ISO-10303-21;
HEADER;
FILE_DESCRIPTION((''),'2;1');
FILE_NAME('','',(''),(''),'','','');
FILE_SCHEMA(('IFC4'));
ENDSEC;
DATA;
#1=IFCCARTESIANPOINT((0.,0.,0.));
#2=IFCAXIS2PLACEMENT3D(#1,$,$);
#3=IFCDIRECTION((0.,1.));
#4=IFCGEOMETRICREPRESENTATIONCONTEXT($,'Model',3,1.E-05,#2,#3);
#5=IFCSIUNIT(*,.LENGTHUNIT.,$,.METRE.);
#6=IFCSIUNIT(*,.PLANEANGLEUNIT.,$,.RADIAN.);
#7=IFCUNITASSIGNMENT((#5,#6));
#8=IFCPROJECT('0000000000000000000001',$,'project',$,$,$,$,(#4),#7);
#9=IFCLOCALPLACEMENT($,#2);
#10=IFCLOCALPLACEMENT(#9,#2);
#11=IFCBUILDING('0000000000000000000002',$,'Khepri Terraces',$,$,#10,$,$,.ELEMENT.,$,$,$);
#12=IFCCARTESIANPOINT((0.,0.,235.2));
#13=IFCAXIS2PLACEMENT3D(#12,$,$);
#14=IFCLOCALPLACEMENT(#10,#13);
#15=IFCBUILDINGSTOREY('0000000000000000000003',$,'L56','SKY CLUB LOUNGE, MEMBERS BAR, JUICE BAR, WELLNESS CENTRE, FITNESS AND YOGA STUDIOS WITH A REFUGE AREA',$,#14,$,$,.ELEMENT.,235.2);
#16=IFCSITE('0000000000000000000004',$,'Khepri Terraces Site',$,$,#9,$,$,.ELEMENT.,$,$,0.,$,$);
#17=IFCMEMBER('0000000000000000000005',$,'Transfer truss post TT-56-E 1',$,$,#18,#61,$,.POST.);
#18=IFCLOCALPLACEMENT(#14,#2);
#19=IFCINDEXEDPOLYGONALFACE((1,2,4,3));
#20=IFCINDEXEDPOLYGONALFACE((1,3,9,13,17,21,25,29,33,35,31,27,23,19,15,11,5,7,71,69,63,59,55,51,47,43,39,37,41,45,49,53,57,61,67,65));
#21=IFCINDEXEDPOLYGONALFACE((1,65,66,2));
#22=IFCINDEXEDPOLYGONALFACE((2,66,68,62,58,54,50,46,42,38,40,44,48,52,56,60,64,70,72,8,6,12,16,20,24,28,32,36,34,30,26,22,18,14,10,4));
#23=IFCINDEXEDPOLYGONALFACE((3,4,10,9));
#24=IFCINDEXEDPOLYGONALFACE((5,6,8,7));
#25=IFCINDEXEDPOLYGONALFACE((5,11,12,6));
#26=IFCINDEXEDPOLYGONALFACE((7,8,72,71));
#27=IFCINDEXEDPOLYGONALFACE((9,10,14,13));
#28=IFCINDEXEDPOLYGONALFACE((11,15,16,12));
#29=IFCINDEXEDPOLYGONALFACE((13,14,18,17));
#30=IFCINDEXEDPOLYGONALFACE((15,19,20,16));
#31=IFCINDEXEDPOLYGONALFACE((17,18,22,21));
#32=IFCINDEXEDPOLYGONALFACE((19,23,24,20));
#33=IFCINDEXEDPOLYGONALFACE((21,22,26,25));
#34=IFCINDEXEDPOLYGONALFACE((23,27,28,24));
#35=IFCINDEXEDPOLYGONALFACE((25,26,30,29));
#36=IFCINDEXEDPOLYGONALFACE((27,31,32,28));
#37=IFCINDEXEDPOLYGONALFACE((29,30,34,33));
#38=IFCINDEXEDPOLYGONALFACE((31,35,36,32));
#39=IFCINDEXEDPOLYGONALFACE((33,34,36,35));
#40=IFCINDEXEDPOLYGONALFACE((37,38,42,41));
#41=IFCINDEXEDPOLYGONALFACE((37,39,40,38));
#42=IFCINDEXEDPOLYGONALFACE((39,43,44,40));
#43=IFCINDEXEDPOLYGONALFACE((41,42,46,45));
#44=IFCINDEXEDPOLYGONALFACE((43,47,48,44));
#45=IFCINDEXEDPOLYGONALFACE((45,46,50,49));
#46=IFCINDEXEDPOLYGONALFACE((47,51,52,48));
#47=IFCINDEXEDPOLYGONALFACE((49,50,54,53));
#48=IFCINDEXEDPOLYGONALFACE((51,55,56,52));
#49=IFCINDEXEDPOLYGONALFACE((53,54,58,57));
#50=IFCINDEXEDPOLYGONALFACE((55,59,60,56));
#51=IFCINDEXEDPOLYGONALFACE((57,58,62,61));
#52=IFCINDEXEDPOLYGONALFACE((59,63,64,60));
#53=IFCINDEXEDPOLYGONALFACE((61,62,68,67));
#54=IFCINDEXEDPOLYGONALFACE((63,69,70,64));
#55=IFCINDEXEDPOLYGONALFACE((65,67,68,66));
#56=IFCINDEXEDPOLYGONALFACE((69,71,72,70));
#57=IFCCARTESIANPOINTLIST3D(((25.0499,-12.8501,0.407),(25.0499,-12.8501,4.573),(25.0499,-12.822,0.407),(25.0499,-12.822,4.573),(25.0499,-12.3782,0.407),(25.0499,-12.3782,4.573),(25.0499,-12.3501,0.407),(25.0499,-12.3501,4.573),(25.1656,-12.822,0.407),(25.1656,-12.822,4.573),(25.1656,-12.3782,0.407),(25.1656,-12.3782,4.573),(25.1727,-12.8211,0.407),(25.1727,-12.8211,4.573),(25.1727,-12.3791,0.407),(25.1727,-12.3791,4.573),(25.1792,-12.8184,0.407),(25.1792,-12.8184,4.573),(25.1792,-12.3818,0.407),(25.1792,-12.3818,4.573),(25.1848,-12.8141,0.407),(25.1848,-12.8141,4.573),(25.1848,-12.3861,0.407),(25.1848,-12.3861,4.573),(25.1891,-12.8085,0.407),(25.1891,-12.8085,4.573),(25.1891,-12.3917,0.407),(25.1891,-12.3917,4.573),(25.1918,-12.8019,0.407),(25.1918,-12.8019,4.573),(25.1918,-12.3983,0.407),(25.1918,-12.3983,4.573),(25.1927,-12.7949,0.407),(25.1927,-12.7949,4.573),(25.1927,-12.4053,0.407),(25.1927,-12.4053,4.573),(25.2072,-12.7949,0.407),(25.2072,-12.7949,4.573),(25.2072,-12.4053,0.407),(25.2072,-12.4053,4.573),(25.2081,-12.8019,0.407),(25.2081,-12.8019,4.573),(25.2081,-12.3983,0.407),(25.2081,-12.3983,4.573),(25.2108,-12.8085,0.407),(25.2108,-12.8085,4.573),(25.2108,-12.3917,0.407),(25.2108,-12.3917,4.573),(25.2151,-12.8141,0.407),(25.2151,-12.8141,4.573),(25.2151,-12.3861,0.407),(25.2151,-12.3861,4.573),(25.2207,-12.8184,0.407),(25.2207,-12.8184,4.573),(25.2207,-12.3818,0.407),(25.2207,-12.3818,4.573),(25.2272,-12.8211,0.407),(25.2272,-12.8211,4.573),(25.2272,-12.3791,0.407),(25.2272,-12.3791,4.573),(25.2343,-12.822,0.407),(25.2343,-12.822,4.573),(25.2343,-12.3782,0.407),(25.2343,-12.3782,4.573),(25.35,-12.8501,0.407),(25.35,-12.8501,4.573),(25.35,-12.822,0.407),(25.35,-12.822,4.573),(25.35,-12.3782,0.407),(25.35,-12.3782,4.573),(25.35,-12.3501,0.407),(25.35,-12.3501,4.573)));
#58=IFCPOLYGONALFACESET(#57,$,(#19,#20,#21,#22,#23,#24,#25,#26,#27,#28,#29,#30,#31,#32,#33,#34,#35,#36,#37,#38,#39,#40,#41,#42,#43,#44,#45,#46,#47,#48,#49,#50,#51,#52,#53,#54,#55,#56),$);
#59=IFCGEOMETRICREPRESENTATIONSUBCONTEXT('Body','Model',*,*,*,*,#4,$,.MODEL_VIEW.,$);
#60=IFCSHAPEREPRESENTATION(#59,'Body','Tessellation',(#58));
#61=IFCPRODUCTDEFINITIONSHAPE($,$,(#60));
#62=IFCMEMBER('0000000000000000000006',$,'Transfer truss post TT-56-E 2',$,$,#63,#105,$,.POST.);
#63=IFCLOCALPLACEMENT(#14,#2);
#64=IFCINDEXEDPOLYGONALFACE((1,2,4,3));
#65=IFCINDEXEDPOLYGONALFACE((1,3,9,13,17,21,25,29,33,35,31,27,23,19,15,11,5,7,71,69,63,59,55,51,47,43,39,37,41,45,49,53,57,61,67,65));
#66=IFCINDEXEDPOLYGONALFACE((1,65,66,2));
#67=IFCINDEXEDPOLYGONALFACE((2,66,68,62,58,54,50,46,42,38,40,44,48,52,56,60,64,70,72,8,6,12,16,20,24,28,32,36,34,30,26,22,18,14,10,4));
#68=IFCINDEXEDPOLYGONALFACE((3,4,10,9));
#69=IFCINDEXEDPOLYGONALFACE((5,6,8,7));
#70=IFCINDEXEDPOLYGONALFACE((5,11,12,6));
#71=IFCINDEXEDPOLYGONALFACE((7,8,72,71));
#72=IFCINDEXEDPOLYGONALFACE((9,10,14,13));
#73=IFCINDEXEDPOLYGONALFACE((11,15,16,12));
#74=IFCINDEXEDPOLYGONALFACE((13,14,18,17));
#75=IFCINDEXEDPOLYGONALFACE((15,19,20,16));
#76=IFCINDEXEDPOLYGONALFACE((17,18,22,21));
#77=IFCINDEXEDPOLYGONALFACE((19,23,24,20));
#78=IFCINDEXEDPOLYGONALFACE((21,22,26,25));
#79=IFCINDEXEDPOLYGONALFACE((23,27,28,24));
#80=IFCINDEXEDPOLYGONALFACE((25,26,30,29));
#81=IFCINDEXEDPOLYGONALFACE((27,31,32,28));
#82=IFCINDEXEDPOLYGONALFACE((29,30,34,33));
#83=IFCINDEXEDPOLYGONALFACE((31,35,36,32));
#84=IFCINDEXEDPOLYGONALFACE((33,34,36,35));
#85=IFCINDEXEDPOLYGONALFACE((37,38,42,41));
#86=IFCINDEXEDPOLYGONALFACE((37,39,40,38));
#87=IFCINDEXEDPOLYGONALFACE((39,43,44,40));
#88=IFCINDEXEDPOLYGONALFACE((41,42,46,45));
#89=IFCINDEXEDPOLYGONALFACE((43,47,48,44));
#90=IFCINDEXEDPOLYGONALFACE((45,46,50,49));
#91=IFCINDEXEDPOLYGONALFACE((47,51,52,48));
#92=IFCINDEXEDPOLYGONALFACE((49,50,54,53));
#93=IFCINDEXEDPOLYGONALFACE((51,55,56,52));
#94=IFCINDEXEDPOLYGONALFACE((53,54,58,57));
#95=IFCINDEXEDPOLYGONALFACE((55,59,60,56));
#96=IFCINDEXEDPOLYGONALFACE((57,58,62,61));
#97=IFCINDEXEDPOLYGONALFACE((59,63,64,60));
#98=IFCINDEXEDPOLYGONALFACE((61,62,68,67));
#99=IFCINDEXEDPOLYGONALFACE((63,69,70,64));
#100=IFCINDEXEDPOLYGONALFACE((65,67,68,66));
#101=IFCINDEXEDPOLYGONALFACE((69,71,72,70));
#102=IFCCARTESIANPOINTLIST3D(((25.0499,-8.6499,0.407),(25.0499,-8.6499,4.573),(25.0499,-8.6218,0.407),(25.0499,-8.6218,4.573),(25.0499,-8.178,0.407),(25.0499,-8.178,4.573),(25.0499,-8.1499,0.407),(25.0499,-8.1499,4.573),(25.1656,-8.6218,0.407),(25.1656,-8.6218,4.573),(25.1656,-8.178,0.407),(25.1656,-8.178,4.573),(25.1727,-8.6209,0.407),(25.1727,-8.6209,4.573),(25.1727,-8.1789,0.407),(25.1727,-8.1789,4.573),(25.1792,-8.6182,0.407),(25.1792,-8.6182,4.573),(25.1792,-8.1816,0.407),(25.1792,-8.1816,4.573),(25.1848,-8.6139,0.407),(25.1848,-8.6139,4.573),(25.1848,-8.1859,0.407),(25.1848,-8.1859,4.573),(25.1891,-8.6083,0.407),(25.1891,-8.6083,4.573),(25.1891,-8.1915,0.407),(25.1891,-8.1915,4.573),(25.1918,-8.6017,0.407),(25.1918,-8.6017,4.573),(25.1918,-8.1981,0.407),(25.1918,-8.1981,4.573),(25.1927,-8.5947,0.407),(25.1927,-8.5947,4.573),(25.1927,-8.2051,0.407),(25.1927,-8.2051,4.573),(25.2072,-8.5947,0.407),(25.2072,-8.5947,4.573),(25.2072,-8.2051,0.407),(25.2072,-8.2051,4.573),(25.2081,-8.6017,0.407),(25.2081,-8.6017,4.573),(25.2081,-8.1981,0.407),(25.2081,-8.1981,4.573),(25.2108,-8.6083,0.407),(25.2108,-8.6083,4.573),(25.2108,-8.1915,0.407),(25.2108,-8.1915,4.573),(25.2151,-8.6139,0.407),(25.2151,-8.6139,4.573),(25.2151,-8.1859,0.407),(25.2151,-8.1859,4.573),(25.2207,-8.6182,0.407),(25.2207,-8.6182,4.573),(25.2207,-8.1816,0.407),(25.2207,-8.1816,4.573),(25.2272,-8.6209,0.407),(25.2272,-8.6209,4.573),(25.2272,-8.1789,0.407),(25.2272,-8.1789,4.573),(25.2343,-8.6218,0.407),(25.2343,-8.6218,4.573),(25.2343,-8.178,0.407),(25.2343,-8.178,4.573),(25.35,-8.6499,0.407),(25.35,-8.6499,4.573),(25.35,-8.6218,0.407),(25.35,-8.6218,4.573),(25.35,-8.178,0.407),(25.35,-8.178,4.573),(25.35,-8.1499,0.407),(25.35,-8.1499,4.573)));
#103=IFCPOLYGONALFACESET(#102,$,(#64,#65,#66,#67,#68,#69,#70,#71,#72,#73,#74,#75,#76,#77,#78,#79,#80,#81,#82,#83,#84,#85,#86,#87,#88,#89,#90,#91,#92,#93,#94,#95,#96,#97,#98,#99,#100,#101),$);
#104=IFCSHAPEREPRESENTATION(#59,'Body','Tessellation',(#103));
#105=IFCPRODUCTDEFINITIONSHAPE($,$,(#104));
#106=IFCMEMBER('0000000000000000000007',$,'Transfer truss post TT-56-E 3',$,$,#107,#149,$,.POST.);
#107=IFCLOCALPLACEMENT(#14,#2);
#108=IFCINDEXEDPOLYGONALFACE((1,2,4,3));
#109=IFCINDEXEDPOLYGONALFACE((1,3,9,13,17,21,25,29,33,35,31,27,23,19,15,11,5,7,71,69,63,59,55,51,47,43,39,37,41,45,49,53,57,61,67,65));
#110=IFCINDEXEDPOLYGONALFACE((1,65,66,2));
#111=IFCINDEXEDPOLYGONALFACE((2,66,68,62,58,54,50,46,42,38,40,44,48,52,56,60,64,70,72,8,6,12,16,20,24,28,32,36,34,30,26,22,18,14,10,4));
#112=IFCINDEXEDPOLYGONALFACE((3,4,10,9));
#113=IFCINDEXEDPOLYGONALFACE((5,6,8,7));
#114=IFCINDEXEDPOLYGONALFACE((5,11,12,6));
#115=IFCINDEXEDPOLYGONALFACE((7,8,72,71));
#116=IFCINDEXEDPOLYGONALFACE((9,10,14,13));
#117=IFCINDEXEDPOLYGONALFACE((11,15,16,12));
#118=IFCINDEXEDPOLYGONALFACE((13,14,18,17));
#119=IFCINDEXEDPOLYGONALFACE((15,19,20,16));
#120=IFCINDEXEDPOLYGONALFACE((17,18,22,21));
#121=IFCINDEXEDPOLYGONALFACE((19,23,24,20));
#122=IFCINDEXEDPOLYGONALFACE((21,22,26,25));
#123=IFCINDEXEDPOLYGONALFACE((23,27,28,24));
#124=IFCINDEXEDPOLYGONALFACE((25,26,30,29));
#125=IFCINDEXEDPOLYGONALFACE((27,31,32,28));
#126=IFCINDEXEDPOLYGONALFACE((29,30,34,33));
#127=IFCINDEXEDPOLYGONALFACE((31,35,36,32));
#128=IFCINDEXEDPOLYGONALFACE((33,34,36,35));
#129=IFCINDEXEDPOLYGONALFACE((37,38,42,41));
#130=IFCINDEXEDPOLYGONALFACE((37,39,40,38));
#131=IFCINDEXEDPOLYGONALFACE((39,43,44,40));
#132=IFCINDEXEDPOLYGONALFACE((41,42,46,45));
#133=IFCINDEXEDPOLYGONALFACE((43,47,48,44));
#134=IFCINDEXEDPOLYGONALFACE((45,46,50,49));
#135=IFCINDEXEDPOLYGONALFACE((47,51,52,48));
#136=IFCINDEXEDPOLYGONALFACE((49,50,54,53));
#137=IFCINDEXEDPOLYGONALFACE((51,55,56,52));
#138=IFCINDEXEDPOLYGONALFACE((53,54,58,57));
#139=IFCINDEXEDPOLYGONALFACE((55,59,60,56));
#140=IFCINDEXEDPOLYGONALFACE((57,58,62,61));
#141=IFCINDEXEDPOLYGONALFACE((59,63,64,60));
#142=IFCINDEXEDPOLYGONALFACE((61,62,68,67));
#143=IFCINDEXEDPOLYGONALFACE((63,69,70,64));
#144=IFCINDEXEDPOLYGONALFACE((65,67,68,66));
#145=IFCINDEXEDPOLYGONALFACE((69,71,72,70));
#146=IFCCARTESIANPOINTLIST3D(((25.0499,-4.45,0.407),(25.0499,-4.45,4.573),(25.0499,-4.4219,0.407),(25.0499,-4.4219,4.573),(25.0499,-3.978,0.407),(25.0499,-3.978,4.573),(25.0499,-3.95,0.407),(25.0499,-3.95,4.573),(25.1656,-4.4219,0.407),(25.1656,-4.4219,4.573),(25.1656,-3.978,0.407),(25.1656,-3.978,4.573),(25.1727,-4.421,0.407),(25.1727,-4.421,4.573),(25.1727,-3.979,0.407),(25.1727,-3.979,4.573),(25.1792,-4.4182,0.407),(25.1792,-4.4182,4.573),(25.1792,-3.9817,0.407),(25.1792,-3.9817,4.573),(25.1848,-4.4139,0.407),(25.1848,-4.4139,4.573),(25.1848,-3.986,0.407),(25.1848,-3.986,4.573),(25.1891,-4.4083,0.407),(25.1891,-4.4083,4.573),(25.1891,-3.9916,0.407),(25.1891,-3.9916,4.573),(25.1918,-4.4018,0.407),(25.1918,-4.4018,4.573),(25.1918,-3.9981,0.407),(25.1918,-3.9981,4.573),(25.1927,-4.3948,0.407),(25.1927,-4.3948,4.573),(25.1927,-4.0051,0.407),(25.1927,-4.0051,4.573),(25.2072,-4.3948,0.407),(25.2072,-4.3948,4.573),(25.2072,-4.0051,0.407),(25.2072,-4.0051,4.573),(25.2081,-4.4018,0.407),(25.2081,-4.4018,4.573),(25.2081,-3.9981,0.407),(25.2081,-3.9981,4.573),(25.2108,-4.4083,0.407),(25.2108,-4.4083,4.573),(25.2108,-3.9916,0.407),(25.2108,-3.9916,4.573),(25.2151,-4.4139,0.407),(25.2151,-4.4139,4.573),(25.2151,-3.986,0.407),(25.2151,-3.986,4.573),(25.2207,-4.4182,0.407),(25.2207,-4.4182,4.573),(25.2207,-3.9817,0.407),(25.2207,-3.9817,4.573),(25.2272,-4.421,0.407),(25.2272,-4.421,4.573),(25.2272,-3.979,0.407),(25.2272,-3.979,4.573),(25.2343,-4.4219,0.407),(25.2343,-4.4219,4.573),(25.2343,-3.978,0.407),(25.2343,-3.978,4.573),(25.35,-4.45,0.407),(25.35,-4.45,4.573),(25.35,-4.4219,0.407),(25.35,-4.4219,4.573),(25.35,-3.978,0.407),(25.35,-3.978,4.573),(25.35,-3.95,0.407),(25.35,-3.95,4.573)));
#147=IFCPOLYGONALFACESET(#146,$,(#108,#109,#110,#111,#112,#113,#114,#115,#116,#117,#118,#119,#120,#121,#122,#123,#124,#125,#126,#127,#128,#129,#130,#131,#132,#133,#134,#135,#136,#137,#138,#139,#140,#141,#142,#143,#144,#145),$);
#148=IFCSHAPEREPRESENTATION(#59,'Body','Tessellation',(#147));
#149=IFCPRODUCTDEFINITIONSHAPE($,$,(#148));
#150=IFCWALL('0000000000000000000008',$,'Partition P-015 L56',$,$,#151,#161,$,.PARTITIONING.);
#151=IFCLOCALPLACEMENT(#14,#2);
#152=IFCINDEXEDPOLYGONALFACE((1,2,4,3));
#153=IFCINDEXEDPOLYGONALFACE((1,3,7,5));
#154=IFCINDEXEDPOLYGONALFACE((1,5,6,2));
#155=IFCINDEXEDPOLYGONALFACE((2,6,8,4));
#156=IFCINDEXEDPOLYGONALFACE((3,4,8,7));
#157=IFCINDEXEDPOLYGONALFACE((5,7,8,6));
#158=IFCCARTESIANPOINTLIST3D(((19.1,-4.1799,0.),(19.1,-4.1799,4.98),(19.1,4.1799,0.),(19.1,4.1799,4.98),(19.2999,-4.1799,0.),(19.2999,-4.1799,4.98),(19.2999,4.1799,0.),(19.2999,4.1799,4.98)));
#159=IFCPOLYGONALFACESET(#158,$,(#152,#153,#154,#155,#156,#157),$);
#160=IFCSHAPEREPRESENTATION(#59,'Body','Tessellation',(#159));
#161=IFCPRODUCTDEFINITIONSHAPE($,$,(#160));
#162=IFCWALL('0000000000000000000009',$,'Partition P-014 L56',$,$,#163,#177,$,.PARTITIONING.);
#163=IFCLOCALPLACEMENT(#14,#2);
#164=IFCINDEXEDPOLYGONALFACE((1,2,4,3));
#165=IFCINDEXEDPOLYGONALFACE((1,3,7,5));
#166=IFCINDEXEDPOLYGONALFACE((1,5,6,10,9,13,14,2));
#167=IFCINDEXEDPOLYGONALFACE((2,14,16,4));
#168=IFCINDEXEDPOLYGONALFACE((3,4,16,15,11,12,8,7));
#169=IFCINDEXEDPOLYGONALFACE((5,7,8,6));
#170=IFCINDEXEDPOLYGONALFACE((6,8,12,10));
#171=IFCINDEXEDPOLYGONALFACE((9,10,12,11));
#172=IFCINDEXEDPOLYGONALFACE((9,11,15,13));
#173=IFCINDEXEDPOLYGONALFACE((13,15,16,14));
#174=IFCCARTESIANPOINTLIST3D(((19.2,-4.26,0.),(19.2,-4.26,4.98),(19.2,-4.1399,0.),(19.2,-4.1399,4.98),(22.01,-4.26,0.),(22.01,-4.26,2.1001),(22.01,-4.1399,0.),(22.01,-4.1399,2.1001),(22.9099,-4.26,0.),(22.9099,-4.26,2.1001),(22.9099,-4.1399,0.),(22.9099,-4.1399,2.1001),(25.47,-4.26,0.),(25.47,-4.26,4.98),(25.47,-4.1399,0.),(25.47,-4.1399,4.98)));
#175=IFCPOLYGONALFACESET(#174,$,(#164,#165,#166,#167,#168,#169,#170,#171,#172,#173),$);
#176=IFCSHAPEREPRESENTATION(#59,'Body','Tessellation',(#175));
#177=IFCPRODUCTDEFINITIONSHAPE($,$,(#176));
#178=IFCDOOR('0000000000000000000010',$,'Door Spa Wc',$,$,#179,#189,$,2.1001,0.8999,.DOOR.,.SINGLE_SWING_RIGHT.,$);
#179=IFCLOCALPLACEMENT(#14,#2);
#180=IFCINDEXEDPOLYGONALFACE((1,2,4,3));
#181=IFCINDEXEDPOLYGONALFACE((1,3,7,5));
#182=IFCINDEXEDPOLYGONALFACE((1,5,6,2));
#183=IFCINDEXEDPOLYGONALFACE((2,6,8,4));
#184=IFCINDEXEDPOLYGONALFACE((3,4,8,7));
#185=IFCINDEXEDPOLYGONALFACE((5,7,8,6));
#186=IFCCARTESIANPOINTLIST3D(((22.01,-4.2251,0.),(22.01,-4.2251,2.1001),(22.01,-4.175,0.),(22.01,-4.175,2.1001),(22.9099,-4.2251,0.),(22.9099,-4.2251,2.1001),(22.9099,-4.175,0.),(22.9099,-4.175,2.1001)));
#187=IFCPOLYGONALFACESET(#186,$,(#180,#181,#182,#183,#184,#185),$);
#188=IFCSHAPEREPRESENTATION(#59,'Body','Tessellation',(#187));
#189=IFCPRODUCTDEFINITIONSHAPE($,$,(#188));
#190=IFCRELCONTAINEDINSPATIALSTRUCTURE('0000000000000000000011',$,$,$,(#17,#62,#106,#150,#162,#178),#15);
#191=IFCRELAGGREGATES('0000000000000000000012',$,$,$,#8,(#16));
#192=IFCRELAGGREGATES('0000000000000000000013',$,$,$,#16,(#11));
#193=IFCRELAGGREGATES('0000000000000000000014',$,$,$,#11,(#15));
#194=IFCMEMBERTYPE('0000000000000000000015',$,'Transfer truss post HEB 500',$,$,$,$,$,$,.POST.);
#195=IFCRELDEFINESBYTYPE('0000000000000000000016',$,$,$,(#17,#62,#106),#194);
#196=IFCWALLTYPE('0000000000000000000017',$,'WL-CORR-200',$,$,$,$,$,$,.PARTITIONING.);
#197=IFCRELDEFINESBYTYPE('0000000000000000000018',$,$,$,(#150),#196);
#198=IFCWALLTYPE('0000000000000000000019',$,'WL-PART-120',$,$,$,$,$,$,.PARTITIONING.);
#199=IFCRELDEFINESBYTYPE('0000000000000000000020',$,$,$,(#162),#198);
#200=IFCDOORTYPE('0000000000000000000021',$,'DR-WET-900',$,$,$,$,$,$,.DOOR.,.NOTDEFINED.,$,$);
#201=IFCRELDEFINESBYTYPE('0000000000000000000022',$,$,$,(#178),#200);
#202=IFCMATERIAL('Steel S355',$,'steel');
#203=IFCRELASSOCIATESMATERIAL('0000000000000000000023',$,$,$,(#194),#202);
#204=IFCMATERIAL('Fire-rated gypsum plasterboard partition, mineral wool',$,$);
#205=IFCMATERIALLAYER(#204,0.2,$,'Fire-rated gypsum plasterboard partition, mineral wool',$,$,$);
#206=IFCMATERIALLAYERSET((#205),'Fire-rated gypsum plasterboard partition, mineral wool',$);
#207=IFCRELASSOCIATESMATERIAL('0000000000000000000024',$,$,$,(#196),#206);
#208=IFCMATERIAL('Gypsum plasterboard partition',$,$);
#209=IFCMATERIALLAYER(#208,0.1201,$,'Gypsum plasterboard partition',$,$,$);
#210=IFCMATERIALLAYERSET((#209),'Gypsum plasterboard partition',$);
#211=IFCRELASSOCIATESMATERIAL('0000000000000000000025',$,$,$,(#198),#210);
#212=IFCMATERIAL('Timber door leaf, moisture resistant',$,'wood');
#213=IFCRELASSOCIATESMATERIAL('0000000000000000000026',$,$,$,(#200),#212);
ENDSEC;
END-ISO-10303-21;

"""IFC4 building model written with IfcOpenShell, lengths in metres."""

from ifc_helpers import new_model, si_unit, direction, frame, frame_2d, origin, origin_2d, place, context, subcontext, project, spatial, rectangle, i_section, extrude, material, layer, layer_set, material_profile, profile_set, type_object, element, fill, save


model = new_model("IFC4")

# Units and contexts
model_context = context("Model", 3, precision=1e-05, world=origin(), true_north=direction((0.0, 1.0)))
body_context = subcontext(model_context, "Body", "Model", "MODEL_VIEW")
ifc_project = project(units=[si_unit("LENGTHUNIT", "METRE"), si_unit("PLANEANGLEUNIT", "RADIAN")], contexts=[model_context])

# Site, building, storey
site_placement = place(None, origin())
site = spatial("IfcSite", under=ifc_project, at=site_placement, Name="Khepri Terraces Site", CompositionType="ELEMENT", RefElevation=0.0)
building_placement = place(site_placement, origin())
building = spatial("IfcBuilding", under=site, at=building_placement, Name="Khepri Terraces", CompositionType="ELEMENT")
storey_placement = place(building_placement, frame((0.0, 0.0, 235.2)))
storey = spatial("IfcBuildingStorey", under=building, at=storey_placement, Name="L56", Description="SKY CLUB LOUNGE, MEMBERS BAR, JUICE BAR, WELLNESS CENTRE, FITNESS AND YOGA STUDIOS WITH A REFUGE AREA", CompositionType="ELEMENT", Elevation=235.2)

# Members
ifc_material_1 = material(Name="Steel S355", Category="steel")
ifc_material_profile_1 = material_profile(ifc_material_1, i_section(OverallWidth=0.3, OverallDepth=0.5, WebThickness=0.0144, FlangeThickness=0.0281, FilletRadius=0.0271, at=origin_2d()), Name="Steel S355", Category="steel")
ifc_profile_set_1 = profile_set([ifc_material_profile_1], Name="Steel S355")
member_type_1 = type_object("IfcMemberType", Name="Transfer truss post HEB 500", PredefinedType="POST", material=ifc_profile_set_1)
for number, where, z_axis, x_axis, name in (
    (1, (25.2, -12.6001, 0.407), (0.0, 0.0, 1.0), (1.0, 0.0, 0.0), "Transfer truss post TT-56-E 1"),
    (2, (25.2, -8.3999, 0.407), (0.0, 0.0, 1.0), (1.0, 0.0, 0.0), "Transfer truss post TT-56-E 2"),
    (3, (25.2, -4.2, 0.407), (0.0, 0.0, 1.0), (1.0, 0.0, 0.0), "Transfer truss post TT-56-E 3"),
):
    element("IfcMember", number, at=place(storey_placement, frame(where, z_axis=z_axis, x_axis=x_axis)), inside=storey, type_object=member_type_1, Name=name, PredefinedType="POST", context=body_context, shape_type="SweptSolid", body=[
        extrude(i_section(OverallWidth=0.3, OverallDepth=0.5, WebThickness=0.0144, FlangeThickness=0.0281, FilletRadius=0.0271, at=origin_2d()), origin(), (0.0, 0.0, 1.0), 4.166),
    ])

# Wall
ifc_material_2 = material(Name="Fire-rated gypsum plasterboard partition, mineral wool")
ifc_layer_1 = layer(ifc_material_2, 0.2, Name="Fire-rated gypsum plasterboard partition, mineral wool")
ifc_layer_set_1 = layer_set([ifc_layer_1], Name="Fire-rated gypsum plasterboard partition, mineral wool")
wall_type_1 = type_object("IfcWallType", Name="WL-CORR-200", PredefinedType="PARTITIONING", material=ifc_layer_set_1)
wall_1_placement = place(storey_placement, frame((19.2, -4.1799, 0.0), z_axis=(0.0, 0.0, 1.0), x_axis=(0.0, 1.0, 0.0)))
element("IfcWall", 4, at=wall_1_placement, inside=storey, type_object=wall_type_1, Name="Partition P-015 L56", PredefinedType="PARTITIONING", context=body_context, shape_type="SweptSolid", body=[
    extrude(rectangle(XDim=8.3599, YDim=0.2, at=frame_2d((4.1799, 0.0))), origin(), (0.0, 0.0, 1.0), 4.98),
])

# Wall, opening, door
ifc_material_3 = material(Name="Gypsum plasterboard partition")
ifc_layer_2 = layer(ifc_material_3, 0.1201, Name="Gypsum plasterboard partition")
ifc_layer_set_2 = layer_set([ifc_layer_2], Name="Gypsum plasterboard partition")
wall_type_2 = type_object("IfcWallType", Name="WL-PART-120", PredefinedType="PARTITIONING", material=ifc_layer_set_2)
wall_2_placement = place(storey_placement, frame((19.2, -4.2, 0.0), z_axis=(0.0, 0.0, 1.0), x_axis=(1.0, 0.0, 0.0)))
wall_2 = element("IfcWall", 5, at=wall_2_placement, inside=storey, type_object=wall_type_2, Name="Partition P-014 L56", PredefinedType="PARTITIONING", context=body_context, shape_type="SweptSolid", body=[
    extrude(rectangle(XDim=6.27, YDim=0.1201, at=frame_2d((3.135, 0.0))), origin(), (0.0, 0.0, 1.0), 4.98),
])
opening_placement = place(wall_2_placement, frame((2.8101, 0.0, 0.0)))
opening = element("IfcOpeningElement", 6, at=opening_placement, cuts=wall_2, PredefinedType="OPENING", context=body_context, shape_type="SweptSolid", body=[
    extrude(rectangle(XDim=0.8999, YDim=2.1001, at=frame_2d((0.45, 1.05))), frame((0.0, 0.0701, 0.0), z_axis=(0.0, -1.0, 0.0), x_axis=(1.0, 0.0, 0.0)), (0.0, 0.0, 1.0), 0.1401),
])
ifc_material_4 = material(Name="Timber door leaf, moisture resistant", Category="wood")
door_type = type_object("IfcDoorType", Name="DR-WET-900", OperationType="NOTDEFINED", PredefinedType="DOOR", material=ifc_material_4)
door_placement = place(opening_placement, origin())
door = element("IfcDoor", 7, at=door_placement, inside=storey, type_object=door_type, Name="Door Spa Wc", OperationType="SINGLE_SWING_RIGHT", OverallHeight=2.1001, OverallWidth=0.8999, PredefinedType="DOOR", context=body_context, shape_type="SweptSolid", body=[
    extrude(rectangle(XDim=0.8999, YDim=2.1001, at=frame_2d((0.45, 1.05))), frame((0.0, 0.0249, 0.0), z_axis=(0.0, -1.0, 0.0), x_axis=(1.0, 0.0, 0.0)), (0.0, 0.0, 1.0), 0.05),
])
fill(opening, door)

save(model, "model.ifc")
